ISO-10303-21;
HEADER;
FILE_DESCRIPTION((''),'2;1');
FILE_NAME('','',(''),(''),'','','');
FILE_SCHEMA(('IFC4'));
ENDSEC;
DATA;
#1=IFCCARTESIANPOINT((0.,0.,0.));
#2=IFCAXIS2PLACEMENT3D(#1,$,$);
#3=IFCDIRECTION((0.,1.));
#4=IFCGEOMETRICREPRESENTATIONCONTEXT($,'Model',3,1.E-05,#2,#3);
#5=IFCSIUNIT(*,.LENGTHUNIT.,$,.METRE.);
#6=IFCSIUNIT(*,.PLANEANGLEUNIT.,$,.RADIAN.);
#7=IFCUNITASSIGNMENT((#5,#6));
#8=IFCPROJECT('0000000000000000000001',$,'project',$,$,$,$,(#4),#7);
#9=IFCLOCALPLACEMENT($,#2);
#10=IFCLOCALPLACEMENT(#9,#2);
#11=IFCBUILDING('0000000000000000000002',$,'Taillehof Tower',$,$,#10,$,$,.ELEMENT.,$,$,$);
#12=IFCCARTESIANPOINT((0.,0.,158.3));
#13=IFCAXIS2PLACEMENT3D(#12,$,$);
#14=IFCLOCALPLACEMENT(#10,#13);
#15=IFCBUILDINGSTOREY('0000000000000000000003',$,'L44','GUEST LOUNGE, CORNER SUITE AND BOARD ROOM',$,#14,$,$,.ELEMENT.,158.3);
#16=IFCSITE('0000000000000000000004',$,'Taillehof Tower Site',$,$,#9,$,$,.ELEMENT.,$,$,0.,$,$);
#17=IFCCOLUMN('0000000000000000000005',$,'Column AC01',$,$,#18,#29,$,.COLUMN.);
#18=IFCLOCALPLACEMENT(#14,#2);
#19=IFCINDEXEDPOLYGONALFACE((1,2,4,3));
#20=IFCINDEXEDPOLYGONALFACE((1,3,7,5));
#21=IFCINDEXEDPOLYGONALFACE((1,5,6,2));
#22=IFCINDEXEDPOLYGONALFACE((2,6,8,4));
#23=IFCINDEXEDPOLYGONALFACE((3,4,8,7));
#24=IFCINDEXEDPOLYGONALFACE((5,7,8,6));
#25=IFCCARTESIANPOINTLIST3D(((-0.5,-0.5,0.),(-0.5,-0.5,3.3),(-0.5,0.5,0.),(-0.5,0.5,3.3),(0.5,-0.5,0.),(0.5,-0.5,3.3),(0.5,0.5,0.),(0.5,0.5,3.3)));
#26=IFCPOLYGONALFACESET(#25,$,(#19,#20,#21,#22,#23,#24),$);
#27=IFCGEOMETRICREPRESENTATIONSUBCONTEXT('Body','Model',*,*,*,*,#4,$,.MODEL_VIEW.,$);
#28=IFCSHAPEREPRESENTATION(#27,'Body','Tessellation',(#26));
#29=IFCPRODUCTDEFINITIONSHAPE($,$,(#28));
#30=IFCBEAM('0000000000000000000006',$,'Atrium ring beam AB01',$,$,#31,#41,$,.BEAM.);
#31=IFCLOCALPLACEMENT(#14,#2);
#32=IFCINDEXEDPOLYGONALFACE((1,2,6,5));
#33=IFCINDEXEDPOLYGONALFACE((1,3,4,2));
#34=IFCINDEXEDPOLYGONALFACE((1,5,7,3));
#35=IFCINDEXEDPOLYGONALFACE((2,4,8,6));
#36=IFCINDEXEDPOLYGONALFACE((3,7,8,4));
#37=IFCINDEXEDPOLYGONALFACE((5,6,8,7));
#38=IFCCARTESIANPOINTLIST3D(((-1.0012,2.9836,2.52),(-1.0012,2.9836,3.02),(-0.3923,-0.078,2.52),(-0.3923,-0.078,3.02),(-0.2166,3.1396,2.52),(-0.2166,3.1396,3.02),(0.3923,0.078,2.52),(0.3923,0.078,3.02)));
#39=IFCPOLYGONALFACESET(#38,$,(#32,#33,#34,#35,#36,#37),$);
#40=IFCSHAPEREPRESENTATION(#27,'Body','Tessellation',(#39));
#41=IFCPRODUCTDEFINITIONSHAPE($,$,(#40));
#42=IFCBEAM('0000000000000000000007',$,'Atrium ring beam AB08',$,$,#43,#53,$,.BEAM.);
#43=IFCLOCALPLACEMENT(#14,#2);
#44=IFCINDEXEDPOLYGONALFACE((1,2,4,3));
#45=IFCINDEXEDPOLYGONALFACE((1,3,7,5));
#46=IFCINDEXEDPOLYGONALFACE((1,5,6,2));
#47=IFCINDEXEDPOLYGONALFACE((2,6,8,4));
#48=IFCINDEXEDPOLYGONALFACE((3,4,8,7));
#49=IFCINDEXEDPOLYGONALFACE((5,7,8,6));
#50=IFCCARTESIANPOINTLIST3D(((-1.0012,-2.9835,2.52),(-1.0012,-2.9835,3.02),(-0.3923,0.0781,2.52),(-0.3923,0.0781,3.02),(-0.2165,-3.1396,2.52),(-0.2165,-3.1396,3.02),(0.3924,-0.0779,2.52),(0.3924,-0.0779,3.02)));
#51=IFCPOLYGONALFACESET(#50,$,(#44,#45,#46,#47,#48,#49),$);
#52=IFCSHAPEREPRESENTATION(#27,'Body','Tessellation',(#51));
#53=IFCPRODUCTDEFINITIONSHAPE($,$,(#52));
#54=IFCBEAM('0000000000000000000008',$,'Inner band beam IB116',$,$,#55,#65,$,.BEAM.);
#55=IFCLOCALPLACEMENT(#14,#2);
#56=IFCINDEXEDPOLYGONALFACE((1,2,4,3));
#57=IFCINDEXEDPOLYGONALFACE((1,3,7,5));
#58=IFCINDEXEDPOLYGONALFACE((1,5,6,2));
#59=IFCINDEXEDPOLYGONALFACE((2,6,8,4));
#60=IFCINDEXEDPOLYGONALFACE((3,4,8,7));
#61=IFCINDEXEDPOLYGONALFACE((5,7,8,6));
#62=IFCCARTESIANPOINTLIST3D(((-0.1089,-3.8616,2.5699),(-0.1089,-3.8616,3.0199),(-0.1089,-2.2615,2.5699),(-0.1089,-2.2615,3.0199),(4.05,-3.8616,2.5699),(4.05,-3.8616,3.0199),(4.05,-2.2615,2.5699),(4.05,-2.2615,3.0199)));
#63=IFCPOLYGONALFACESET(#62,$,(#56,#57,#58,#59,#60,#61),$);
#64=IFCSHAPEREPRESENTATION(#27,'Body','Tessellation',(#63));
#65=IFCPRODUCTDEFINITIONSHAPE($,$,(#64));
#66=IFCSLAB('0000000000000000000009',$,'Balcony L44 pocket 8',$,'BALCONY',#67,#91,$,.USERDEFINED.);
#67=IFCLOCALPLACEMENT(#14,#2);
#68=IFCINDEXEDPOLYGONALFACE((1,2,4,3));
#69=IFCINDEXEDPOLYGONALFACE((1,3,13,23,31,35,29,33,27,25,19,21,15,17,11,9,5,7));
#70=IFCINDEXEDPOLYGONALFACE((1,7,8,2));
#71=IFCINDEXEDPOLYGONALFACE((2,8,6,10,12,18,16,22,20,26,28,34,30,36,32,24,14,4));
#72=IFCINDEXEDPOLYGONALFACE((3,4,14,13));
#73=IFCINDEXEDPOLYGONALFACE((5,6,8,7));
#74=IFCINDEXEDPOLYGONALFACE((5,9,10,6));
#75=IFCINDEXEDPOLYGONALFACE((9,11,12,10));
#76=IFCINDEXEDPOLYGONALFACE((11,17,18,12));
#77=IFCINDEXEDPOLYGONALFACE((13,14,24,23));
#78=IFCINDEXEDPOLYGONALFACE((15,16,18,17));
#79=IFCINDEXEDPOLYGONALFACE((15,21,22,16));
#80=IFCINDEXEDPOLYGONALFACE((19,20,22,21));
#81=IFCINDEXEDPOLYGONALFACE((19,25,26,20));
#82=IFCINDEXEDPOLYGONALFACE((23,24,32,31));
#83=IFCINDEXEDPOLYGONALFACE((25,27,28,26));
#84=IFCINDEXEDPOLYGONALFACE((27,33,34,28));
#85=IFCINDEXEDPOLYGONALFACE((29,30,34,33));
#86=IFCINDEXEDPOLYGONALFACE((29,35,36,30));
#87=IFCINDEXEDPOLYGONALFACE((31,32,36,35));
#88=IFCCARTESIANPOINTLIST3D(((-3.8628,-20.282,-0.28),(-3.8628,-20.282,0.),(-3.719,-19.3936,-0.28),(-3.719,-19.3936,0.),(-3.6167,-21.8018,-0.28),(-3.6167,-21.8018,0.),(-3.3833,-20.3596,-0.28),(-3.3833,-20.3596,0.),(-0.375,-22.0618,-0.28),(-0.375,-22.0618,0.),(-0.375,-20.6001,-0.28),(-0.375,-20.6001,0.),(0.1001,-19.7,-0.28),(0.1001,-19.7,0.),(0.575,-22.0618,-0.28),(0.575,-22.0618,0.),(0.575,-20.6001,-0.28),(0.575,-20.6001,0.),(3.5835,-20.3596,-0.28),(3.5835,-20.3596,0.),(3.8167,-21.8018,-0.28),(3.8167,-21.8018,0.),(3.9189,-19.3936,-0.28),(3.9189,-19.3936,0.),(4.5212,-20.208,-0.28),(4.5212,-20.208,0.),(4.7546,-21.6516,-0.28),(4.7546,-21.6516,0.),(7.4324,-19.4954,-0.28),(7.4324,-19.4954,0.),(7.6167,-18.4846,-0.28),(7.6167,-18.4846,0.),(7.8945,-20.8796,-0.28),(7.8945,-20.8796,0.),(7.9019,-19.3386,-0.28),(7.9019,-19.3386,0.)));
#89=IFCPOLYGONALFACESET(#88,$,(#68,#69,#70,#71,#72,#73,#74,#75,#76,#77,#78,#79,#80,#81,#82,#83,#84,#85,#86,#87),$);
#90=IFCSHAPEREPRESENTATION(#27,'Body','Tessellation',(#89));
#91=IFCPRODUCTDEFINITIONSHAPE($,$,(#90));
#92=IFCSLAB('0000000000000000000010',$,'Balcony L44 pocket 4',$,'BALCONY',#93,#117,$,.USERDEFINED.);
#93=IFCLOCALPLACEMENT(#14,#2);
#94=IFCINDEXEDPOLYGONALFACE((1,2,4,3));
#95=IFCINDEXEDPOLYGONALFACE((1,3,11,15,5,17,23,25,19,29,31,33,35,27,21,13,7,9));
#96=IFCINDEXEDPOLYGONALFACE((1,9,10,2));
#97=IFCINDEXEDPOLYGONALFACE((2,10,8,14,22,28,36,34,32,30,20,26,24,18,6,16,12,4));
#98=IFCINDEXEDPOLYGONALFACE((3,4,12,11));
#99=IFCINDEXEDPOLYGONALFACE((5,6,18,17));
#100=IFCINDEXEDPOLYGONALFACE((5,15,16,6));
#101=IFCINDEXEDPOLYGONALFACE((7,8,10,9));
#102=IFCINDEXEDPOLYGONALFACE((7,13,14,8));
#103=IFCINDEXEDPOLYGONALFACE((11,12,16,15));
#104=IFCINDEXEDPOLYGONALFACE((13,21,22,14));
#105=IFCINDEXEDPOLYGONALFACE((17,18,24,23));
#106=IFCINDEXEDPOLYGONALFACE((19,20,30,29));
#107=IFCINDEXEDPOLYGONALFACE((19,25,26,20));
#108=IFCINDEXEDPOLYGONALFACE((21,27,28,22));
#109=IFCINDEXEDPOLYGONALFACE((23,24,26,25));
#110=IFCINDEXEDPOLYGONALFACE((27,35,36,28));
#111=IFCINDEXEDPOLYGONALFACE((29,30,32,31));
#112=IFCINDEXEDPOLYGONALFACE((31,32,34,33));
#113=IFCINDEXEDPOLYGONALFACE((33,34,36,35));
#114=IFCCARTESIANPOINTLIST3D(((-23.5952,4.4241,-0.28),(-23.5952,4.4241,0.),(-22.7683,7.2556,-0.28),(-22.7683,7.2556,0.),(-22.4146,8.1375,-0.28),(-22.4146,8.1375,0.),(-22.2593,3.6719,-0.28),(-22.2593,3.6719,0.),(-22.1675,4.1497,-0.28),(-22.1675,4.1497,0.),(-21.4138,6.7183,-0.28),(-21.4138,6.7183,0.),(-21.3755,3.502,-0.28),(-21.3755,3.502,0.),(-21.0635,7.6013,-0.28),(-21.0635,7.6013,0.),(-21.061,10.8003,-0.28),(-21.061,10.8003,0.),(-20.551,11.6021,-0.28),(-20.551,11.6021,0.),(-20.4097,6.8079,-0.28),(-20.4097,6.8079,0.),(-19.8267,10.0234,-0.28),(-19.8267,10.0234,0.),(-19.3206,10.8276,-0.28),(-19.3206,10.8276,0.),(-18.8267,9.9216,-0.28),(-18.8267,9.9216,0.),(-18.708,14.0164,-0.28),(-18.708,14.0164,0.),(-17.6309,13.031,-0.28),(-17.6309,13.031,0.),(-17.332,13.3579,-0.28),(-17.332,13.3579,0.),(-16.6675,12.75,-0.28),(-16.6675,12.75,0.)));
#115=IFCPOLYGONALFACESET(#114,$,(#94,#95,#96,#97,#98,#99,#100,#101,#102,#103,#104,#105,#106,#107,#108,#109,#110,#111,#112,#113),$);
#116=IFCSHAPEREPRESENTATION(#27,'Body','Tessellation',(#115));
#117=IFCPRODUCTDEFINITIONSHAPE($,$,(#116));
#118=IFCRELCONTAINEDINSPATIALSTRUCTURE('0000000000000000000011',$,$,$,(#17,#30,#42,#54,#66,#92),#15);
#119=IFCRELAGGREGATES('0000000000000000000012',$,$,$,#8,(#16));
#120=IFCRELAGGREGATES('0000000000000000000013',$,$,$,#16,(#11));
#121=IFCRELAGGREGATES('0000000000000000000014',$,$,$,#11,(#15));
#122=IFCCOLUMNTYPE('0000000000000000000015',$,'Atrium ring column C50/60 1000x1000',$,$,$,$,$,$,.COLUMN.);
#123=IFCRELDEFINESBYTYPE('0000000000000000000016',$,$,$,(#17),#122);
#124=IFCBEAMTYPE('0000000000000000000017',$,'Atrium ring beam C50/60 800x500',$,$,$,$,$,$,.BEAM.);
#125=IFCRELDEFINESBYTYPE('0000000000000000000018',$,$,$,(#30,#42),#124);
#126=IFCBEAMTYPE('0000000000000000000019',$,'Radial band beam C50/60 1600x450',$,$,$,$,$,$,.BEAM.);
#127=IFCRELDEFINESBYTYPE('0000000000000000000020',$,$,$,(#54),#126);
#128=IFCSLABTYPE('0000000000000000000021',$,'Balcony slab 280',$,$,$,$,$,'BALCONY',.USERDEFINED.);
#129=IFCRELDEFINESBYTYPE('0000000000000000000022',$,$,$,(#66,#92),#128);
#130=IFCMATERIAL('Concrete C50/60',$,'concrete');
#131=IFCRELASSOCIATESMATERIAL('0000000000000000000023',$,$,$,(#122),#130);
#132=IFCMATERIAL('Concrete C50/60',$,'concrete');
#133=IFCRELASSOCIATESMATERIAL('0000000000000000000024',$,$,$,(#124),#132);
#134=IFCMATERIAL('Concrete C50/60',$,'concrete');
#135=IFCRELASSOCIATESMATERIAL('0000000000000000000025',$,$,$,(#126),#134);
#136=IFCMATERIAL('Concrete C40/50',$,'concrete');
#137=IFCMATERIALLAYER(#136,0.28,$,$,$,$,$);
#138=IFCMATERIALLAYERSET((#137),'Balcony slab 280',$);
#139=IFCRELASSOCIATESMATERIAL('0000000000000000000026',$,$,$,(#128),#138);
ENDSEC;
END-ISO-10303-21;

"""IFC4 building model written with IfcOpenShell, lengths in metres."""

from ifc_helpers import new_model, si_unit, direction, frame, origin, origin_with_axes, origin_2d, place, context, subcontext, project, spatial, polyline, rectangle, outline, extrude, material, layer, layer_set, material_profile, profile_set, type_object, element, save


model = new_model("IFC4")

# Units and contexts
model_context = context("Model", 3, precision=1e-05, world=origin(), true_north=direction((0.0, 1.0)))
body_context = subcontext(model_context, "Body", "Model", "MODEL_VIEW")
ifc_project = project(units=[si_unit("LENGTHUNIT", "METRE"), si_unit("PLANEANGLEUNIT", "RADIAN")], contexts=[model_context])

# Site, building, storey
site_placement = place(None, origin())
site = spatial("IfcSite", under=ifc_project, at=site_placement, Name="Taillehof Tower Site", CompositionType="ELEMENT", RefElevation=0.0)
building_placement = place(site_placement, origin())
building = spatial("IfcBuilding", under=site, at=building_placement, Name="Taillehof Tower", CompositionType="ELEMENT")
storey_placement = place(building_placement, frame((0.0, 0.0, 158.3)))
storey = spatial("IfcBuildingStorey", under=building, at=storey_placement, Name="L44", Description="GUEST LOUNGE, CORNER SUITE AND BOARD ROOM", CompositionType="ELEMENT", Elevation=158.3)

# Column
ifc_material_1 = material(Name="Concrete C50/60", Category="concrete")
ifc_material_profile_1 = material_profile(ifc_material_1, rectangle(XDim=1.0, YDim=1.0, at=origin_2d()), Name="RC 1000x1000")
ifc_profile_set_1 = profile_set([ifc_material_profile_1], Name="Concrete C50/60")
column_type = type_object("IfcColumnType", Name="Atrium ring column C50/60 1000x1000", PredefinedType="COLUMN", material=ifc_profile_set_1)
column_placement = place(storey_placement, origin_with_axes())
element("IfcColumn", 1, at=column_placement, inside=storey, type_object=column_type, Name="Column AC01", PredefinedType="COLUMN", context=body_context, shape_type="SweptSolid", body=[
    extrude(rectangle(XDim=1.0, YDim=1.0, at=origin_2d()), origin(), (0.0, 0.0, 1.0), 3.3),
])

# Beams
ifc_material_2 = material(Name="Concrete C50/60", Category="concrete")
ifc_material_profile_2 = material_profile(ifc_material_2, rectangle(XDim=0.8, YDim=0.5, at=origin_2d()), Name="RC 800x500")
ifc_profile_set_2 = profile_set([ifc_material_profile_2], Name="Concrete C50/60")
beam_type_1 = type_object("IfcBeamType", Name="Atrium ring beam C50/60 800x500", PredefinedType="BEAM", material=ifc_profile_set_2)
for number, where, z_axis, x_axis, name in (
    (2, (0.0, 0.0, 2.77), (-0.195063, 0.980791, 0.0), (-0.980791, -0.195063, 0.0), "Atrium ring beam AB01"),
    (3, (-0.6089, -3.0615, 2.77), (0.195063, 0.980791, 0.0), (-0.980791, 0.195063, 0.0), "Atrium ring beam AB08"),
):
    element("IfcBeam", number, at=place(storey_placement, frame(where, z_axis=z_axis, x_axis=x_axis)), inside=storey, type_object=beam_type_1, Name=name, PredefinedType="BEAM", context=body_context, shape_type="SweptSolid", body=[
        extrude(rectangle(XDim=0.8, YDim=0.5, at=origin_2d()), origin(), (0.0, 0.0, 1.0), 3.1216),
    ])
ifc_material_3 = material(Name="Concrete C50/60", Category="concrete")
ifc_material_profile_3 = material_profile(ifc_material_3, rectangle(XDim=1.6001, YDim=0.45, at=origin_2d()), Name="RC 1600x450")
ifc_profile_set_3 = profile_set([ifc_material_profile_3], Name="Concrete C50/60")
beam_type_2 = type_object("IfcBeamType", Name="Radial band beam C50/60 1600x450", PredefinedType="BEAM", material=ifc_profile_set_3)
beam_placement = place(storey_placement, frame((-0.1089, -3.0615, 2.7949), z_axis=(1.0, 0.0, 0.0), x_axis=(0.0, 1.0, 0.0)))
element("IfcBeam", 4, at=beam_placement, inside=storey, type_object=beam_type_2, Name="Inner band beam IB116", PredefinedType="BEAM", context=body_context, shape_type="SweptSolid", body=[
    extrude(rectangle(XDim=1.6001, YDim=0.45, at=origin_2d()), origin(), (0.0, 0.0, 1.0), 4.1589),
])

# Slabs
ifc_material_4 = material(Name="Concrete C40/50", Category="concrete")
ifc_layer_1 = layer(ifc_material_4, 0.28)
ifc_layer_set_1 = layer_set([ifc_layer_1], Name="Balcony slab 280")
slab_type_1 = type_object("IfcSlabType", Name="Balcony slab 280", ElementType="BALCONY", PredefinedType="USERDEFINED", material=ifc_layer_set_1)
slab_1_placement = place(storey_placement, frame((0.0, 0.0, -0.28)))
element("IfcSlab", 5, at=slab_1_placement, inside=storey, type_object=slab_type_1, Name="Balcony L44 pocket 8", ObjectType="BALCONY", PredefinedType="USERDEFINED", context=body_context, shape_type="SweptSolid", body=[
    extrude(outline(polyline([(7.6167, -18.4846), (7.9019, -19.3386), (7.4324, -19.4954), (7.8945, -20.8796), (4.7546, -21.6516), (4.5212, -20.208), (3.5835, -20.3596), (3.8167, -21.8018), (0.575, -22.0618), (0.575, -20.6001), (-0.375, -20.6001), (-0.375, -22.0618), (-3.6167, -21.8018), (-3.3833, -20.3596), (-3.8628, -20.282), (-3.719, -19.3936), (0.1001, -19.7), (3.9189, -19.3936), (7.6167, -18.4846)])), origin(), (0.0, 0.0, 1.0), 0.28),
])
slab_2_placement = place(storey_placement, frame((0.0, 0.0, -0.28)))
element("IfcSlab", 6, at=slab_2_placement, inside=storey, type_object=slab_type_1, Name="Balcony L44 pocket 4", ObjectType="BALCONY", PredefinedType="USERDEFINED", context=body_context, shape_type="SweptSolid", body=[
    extrude(outline(polyline([(-21.3755, 3.502), (-22.2593, 3.6719), (-22.1675, 4.1497), (-23.5952, 4.4241), (-22.7683, 7.2556), (-21.4138, 6.7183), (-21.0635, 7.6013), (-22.4146, 8.1375), (-21.061, 10.8003), (-19.8267, 10.0234), (-19.3206, 10.8276), (-20.551, 11.6021), (-18.708, 14.0164), (-17.6309, 13.031), (-17.332, 13.3579), (-16.6675, 12.75), (-18.8267, 9.9216), (-20.4097, 6.8079), (-21.3755, 3.502)])), origin(), (0.0, 0.0, 1.0), 0.28),
])

save(model, "model.ifc")
